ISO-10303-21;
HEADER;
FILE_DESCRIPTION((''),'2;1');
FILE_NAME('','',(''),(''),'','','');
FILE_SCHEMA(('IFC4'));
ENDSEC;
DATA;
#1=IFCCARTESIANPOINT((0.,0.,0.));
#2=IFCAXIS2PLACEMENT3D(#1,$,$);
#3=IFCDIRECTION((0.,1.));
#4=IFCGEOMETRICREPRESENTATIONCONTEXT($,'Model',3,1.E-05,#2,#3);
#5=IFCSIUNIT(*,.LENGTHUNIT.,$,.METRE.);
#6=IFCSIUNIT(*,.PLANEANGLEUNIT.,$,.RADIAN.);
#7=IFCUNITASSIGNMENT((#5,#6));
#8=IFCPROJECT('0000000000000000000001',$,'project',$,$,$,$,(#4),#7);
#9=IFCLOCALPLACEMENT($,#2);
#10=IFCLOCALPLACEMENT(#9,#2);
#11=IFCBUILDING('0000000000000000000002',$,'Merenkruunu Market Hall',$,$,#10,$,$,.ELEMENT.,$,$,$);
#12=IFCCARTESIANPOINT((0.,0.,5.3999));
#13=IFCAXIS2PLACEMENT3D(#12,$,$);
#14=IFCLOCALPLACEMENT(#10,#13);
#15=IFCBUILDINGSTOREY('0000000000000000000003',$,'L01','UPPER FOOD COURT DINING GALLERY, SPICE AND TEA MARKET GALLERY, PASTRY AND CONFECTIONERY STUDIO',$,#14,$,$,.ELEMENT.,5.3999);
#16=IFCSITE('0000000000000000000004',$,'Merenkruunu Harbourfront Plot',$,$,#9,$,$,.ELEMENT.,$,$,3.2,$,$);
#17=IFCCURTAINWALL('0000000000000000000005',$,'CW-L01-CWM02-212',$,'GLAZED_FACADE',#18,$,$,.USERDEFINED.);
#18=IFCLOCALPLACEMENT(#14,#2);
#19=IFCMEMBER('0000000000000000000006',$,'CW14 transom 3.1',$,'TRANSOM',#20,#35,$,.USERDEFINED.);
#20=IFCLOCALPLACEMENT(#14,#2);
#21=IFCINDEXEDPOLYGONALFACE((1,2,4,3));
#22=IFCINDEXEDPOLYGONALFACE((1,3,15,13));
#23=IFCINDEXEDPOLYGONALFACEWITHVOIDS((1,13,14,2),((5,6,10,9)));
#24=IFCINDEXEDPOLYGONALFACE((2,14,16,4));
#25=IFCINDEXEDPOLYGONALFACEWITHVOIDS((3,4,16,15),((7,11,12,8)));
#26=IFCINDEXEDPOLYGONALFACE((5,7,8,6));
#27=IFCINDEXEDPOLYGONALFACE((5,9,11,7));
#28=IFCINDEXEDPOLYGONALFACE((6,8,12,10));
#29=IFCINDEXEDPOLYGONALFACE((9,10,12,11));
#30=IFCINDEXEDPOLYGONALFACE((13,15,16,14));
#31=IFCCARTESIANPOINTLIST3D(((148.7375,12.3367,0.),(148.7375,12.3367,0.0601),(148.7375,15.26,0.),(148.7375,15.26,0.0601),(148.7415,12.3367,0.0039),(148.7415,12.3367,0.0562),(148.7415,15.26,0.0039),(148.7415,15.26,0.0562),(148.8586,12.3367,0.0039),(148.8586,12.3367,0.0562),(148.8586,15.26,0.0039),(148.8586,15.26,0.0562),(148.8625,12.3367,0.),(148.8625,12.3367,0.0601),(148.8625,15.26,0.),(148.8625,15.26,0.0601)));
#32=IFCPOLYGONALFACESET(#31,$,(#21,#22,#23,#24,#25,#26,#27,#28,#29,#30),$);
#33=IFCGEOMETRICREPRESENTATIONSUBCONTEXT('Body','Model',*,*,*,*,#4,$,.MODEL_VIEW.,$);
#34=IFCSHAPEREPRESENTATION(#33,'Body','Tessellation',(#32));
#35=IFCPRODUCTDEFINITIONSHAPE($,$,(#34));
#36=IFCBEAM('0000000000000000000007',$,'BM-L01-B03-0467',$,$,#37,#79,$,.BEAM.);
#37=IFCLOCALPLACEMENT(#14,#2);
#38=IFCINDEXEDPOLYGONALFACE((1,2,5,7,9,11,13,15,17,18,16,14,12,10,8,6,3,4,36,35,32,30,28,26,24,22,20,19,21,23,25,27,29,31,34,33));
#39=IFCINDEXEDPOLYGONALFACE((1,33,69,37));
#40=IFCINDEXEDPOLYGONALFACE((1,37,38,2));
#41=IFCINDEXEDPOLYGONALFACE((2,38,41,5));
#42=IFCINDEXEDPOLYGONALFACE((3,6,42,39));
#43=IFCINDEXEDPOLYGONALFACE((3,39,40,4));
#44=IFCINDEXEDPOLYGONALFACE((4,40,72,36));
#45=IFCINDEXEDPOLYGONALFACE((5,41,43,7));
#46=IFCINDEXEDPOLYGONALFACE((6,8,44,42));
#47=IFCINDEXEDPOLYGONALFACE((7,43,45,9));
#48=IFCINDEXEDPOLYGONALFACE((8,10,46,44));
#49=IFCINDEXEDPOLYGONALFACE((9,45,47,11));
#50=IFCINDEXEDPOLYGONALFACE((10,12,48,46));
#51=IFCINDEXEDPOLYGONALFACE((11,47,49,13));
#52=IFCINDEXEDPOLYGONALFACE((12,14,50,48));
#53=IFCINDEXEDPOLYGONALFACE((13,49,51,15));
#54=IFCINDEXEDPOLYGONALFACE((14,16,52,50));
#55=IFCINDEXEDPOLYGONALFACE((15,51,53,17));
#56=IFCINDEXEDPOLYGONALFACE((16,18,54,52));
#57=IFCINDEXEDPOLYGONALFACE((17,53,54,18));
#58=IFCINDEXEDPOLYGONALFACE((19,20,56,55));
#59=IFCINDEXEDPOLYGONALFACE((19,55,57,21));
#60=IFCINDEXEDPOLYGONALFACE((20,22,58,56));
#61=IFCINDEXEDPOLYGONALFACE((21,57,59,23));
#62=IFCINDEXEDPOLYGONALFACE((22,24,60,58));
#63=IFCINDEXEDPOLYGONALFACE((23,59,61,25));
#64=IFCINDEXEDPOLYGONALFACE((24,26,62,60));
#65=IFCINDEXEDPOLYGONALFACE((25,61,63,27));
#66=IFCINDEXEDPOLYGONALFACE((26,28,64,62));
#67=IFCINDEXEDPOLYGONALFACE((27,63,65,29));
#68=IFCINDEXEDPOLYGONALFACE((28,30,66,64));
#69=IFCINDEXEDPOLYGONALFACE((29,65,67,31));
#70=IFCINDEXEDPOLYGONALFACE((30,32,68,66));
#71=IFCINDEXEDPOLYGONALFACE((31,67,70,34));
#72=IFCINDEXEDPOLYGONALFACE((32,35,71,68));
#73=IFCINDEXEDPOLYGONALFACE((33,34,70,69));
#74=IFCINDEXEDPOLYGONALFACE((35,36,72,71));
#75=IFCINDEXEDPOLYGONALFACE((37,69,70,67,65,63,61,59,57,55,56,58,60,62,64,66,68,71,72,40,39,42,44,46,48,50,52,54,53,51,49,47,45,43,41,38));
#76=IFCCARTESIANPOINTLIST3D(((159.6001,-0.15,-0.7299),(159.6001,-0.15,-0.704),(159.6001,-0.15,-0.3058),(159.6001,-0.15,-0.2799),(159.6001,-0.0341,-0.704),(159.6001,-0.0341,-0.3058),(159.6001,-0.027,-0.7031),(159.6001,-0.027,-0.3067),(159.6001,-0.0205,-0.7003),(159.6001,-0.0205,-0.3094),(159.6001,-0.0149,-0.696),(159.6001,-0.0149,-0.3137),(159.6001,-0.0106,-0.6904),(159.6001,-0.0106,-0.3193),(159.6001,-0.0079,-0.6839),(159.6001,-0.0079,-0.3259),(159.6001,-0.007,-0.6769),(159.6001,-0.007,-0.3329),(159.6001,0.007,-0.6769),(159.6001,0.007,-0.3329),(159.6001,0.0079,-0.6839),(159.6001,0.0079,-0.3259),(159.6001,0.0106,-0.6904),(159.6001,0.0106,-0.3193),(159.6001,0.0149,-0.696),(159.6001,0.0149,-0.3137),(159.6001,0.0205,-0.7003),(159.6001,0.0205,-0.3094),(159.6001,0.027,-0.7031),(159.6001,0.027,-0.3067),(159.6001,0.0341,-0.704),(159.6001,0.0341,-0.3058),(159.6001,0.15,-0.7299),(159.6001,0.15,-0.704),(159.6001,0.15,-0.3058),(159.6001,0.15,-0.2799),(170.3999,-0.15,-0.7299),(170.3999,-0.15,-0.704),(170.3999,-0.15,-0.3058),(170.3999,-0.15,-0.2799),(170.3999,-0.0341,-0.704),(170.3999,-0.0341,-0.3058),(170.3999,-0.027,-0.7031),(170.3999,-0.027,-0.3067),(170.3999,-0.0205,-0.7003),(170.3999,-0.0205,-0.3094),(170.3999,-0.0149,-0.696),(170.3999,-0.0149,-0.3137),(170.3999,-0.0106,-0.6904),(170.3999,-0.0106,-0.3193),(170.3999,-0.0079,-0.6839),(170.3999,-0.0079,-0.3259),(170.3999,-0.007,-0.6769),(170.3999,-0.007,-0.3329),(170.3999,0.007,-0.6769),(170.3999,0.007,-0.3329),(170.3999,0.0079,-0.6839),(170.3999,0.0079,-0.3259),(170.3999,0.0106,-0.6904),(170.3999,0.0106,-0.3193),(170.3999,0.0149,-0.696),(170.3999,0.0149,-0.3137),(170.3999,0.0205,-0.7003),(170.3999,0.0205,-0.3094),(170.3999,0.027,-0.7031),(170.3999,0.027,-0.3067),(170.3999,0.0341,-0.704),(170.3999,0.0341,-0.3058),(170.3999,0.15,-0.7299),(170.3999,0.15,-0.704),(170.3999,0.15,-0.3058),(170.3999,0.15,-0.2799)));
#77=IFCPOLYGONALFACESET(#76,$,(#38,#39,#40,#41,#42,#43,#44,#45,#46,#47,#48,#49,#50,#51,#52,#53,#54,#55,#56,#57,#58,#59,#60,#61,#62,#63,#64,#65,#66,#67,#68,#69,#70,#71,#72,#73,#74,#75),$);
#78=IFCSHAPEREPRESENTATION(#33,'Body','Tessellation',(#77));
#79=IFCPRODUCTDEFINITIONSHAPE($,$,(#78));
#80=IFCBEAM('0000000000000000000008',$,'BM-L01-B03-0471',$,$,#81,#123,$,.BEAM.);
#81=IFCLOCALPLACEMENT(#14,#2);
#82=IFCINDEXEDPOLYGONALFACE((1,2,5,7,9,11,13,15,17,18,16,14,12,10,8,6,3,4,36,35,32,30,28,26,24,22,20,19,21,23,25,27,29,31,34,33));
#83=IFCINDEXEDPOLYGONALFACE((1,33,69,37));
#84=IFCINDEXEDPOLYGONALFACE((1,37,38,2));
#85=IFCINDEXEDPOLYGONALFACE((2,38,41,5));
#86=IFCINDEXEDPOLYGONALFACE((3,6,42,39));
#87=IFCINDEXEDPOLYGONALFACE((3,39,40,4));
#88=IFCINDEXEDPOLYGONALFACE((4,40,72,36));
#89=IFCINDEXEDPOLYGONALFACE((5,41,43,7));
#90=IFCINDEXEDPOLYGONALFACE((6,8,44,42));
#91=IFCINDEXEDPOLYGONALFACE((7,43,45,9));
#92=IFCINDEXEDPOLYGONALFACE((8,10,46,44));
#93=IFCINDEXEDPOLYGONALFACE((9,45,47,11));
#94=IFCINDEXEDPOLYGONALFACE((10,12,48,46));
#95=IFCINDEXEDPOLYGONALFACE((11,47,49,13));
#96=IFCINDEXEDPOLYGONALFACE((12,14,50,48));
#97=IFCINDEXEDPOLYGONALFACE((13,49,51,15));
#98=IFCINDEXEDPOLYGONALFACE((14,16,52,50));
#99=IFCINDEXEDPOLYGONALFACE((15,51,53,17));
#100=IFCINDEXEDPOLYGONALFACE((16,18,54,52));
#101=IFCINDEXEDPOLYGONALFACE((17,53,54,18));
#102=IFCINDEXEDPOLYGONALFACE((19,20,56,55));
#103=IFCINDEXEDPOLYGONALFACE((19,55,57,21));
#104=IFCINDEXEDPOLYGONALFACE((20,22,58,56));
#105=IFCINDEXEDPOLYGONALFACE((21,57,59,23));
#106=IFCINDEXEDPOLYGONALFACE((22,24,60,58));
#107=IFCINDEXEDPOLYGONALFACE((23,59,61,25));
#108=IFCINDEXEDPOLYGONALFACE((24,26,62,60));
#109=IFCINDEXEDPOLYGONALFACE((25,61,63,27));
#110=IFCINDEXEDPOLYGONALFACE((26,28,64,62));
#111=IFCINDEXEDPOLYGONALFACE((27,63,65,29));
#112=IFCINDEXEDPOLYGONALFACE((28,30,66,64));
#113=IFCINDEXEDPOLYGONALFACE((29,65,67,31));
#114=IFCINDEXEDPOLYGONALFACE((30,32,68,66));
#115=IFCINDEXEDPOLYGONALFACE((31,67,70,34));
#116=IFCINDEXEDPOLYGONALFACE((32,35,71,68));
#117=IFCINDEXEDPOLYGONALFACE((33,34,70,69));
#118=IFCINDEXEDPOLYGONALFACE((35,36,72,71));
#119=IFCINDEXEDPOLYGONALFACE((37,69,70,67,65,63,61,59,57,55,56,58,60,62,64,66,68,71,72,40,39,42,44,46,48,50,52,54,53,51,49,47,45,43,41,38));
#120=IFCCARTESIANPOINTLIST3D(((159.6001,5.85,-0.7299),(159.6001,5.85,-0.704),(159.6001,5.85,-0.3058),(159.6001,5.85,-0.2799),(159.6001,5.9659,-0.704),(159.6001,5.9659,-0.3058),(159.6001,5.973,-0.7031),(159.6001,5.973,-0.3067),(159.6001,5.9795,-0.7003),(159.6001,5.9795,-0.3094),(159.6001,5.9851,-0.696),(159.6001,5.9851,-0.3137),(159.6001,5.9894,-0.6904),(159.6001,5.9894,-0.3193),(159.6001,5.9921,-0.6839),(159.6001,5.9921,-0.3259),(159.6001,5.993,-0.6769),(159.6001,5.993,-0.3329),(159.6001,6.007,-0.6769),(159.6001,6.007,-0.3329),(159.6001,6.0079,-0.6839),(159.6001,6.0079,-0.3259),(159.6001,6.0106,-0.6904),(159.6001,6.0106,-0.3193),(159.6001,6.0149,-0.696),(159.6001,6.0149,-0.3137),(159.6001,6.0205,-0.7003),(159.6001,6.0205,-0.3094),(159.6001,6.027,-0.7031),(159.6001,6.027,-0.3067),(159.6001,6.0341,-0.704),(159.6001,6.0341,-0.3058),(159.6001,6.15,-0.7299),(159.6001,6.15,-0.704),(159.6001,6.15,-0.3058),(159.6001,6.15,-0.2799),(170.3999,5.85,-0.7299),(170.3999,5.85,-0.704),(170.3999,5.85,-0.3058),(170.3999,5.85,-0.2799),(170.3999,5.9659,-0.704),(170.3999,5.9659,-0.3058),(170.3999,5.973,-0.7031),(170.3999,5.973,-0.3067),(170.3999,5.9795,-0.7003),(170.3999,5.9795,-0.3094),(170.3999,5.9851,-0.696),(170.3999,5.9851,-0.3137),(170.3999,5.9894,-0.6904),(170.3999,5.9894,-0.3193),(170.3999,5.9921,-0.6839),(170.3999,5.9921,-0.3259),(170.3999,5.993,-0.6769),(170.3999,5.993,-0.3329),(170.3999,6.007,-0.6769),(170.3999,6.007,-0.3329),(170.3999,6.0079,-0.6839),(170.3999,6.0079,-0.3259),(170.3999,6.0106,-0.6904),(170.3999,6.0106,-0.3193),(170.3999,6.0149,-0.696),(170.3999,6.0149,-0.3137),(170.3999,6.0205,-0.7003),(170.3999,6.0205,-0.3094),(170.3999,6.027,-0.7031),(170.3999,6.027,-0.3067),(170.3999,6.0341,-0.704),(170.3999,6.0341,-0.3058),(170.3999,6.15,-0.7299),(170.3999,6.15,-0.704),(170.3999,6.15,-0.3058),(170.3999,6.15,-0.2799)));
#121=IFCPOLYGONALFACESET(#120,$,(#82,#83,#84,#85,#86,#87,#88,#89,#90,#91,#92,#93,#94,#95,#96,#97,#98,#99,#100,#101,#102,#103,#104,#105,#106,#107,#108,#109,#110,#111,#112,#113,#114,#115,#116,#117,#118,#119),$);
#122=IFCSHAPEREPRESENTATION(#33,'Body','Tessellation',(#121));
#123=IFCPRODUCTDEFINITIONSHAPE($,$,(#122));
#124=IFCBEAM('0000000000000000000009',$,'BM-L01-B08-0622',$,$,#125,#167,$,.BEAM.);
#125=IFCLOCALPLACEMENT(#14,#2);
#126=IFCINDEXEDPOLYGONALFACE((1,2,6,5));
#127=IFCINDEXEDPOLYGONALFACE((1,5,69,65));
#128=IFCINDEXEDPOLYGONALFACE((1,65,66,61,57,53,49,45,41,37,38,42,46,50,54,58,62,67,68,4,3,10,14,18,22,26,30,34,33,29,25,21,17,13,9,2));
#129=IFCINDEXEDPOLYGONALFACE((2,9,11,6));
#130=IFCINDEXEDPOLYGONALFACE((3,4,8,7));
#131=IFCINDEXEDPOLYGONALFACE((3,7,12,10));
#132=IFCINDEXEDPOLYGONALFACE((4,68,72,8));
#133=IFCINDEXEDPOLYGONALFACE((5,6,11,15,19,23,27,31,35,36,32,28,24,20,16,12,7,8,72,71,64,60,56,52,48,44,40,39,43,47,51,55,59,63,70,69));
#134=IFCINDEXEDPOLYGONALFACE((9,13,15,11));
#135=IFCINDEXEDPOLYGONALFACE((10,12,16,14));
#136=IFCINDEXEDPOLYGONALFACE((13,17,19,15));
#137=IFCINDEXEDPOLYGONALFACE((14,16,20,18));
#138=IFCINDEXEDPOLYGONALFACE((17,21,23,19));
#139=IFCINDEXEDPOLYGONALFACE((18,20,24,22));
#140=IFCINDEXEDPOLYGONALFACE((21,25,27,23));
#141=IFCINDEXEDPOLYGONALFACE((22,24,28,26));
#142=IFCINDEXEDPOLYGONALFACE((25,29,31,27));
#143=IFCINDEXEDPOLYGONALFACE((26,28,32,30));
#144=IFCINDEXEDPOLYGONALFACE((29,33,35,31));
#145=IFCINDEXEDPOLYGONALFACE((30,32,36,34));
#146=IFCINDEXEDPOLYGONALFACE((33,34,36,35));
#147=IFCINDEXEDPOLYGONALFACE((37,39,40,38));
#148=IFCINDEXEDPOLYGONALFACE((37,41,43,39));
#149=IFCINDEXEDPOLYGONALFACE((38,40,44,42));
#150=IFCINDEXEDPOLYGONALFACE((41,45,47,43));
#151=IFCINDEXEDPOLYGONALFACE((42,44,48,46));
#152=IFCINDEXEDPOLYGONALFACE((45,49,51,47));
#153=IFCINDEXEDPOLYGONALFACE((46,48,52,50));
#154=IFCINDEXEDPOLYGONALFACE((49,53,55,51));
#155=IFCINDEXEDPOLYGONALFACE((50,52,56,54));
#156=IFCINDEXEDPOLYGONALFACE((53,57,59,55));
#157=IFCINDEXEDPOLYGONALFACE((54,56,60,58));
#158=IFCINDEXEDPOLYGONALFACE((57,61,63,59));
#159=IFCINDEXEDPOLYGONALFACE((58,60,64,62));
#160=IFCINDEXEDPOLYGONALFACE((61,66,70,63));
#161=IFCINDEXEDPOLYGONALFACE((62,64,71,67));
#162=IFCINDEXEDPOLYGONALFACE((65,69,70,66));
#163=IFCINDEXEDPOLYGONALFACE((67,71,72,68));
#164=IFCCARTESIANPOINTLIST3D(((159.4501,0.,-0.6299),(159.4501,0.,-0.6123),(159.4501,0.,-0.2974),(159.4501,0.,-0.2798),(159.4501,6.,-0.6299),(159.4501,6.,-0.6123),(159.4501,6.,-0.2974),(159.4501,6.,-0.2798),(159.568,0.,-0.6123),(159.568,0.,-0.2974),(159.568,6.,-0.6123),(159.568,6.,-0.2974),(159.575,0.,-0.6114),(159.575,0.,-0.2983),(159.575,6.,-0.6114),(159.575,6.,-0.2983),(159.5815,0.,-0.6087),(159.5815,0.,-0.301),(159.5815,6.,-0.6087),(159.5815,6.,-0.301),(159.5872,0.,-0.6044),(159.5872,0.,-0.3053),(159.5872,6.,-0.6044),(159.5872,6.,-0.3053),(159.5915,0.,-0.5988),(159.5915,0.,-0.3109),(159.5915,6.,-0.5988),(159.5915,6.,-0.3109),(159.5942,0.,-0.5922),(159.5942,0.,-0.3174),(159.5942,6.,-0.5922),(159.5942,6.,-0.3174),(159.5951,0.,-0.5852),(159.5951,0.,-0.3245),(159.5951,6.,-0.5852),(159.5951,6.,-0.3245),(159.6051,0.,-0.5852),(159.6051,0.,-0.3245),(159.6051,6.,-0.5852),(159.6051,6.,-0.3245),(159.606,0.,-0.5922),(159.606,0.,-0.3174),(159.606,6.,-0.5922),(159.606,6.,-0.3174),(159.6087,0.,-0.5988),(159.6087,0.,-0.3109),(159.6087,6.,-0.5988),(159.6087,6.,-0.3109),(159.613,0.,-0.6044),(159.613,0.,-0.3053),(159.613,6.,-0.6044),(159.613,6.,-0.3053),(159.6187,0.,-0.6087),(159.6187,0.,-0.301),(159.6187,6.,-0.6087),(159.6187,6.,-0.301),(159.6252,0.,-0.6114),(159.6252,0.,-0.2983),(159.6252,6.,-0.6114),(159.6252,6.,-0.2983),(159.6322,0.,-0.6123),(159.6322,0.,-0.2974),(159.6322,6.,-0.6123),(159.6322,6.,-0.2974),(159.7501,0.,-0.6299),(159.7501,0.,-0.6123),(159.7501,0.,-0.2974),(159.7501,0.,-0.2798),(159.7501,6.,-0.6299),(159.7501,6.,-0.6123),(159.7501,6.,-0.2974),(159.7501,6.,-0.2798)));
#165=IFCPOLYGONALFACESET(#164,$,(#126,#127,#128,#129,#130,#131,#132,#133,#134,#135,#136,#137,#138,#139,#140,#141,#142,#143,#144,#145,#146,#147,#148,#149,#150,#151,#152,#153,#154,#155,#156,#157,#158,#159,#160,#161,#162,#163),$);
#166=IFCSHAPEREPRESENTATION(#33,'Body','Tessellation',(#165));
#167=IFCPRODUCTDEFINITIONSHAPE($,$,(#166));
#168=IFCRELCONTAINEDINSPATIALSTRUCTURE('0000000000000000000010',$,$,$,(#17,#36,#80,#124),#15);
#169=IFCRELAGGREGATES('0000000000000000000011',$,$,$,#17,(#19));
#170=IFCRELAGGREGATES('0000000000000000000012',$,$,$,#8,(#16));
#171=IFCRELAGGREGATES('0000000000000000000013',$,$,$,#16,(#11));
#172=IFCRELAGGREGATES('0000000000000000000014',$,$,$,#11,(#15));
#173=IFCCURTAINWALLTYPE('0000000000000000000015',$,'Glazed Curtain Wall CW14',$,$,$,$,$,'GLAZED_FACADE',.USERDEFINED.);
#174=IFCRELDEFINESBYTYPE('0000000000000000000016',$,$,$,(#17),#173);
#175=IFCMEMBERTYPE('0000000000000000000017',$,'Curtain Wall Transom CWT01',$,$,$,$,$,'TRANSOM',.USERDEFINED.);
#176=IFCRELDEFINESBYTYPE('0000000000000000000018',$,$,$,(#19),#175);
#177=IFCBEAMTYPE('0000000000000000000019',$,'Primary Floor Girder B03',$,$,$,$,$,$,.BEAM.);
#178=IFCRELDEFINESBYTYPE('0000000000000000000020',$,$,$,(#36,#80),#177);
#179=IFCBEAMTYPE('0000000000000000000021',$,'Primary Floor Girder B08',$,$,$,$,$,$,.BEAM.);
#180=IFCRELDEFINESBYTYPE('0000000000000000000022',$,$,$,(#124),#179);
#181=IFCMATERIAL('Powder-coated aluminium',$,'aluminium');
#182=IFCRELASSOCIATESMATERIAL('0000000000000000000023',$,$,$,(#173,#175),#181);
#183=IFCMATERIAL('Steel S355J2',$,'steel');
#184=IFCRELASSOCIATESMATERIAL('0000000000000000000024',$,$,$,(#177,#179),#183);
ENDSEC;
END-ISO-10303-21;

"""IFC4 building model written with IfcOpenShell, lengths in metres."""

from ifc_helpers import new_model, si_unit, direction, frame, origin, origin_2d, place, context, subcontext, project, spatial, hollow_rectangle, i_section, extrude, material, material_profile, profile_set, type_object, element, aggregate, save


model = new_model("IFC4")

# Units and contexts
model_context = context("Model", 3, precision=1e-05, world=origin(), true_north=direction((0.0, 1.0)))
body_context = subcontext(model_context, "Body", "Model", "MODEL_VIEW")
ifc_project = project(units=[si_unit("LENGTHUNIT", "METRE"), si_unit("PLANEANGLEUNIT", "RADIAN")], contexts=[model_context])

# Site, building, storey
site_placement = place(None, origin())
site = spatial("IfcSite", under=ifc_project, at=site_placement, Name="Merenkruunu Harbourfront Plot", CompositionType="ELEMENT", RefElevation=3.2)
building_placement = place(site_placement, origin())
building = spatial("IfcBuilding", under=site, at=building_placement, Name="Merenkruunu Market Hall", CompositionType="ELEMENT")
storey_placement = place(building_placement, frame((0.0, 0.0, 5.3999)))
storey = spatial("IfcBuildingStorey", under=building, at=storey_placement, Name="L01", Description="UPPER FOOD COURT DINING GALLERY, SPICE AND TEA MARKET GALLERY, PASTRY AND CONFECTIONERY STUDIO", CompositionType="ELEMENT", Elevation=5.3999)

# Shared definitions
ifc_material_1 = material(Name="Steel S355J2", Category="steel")

# Curtain wall, member
ifc_material_2 = material(Name="Powder-coated aluminium", Category="aluminium")
curtain_wall_type = type_object("IfcCurtainWallType", Name="Glazed Curtain Wall CW14", ElementType="GLAZED_FACADE", PredefinedType="USERDEFINED", material=ifc_material_2)
curtain_wall_placement = place(storey_placement, origin())
curtain_wall = element("IfcCurtainWall", 1, at=curtain_wall_placement, inside=storey, type_object=curtain_wall_type, Name="CW-L01-CWM02-212", ObjectType="GLAZED_FACADE", PredefinedType="USERDEFINED")
ifc_material_profile_1 = material_profile(ifc_material_2, hollow_rectangle(XDim=0.0601, YDim=0.125, WallThickness=0.0039, at=origin_2d()), Name="ALU 60x125x4")
ifc_profile_set_1 = profile_set([ifc_material_profile_1], Name="Powder-coated aluminium")
member_type_1 = type_object("IfcMemberType", Name="Curtain Wall Transom CWT01", ElementType="TRANSOM", PredefinedType="USERDEFINED", material=ifc_profile_set_1)
member_1_placement = place(storey_placement, frame((148.8, 12.3367, 0.03), z_axis=(0.0, 1.0, 0.0), x_axis=(0.0, 0.0, 1.0)))
member_1 = element("IfcMember", 2, at=member_1_placement, type_object=member_type_1, Name="CW14 transom 3.1", ObjectType="TRANSOM", PredefinedType="USERDEFINED", context=body_context, shape_type="SweptSolid", body=[
    extrude(hollow_rectangle(XDim=0.0601, YDim=0.125, WallThickness=0.0039, at=origin_2d()), origin(), (0.0, 0.0, 1.0), 2.9233),
])

# Beams
ifc_material_profile_2 = material_profile(ifc_material_1, i_section(OverallWidth=0.3, OverallDepth=0.45, WebThickness=0.0139, FlangeThickness=0.0259, FilletRadius=0.0271, at=origin_2d()), Name="HEB 450")
ifc_profile_set_2 = profile_set([ifc_material_profile_2], Name="Steel S355J2")
beam_type_1 = type_object("IfcBeamType", Name="Primary Floor Girder B03", PredefinedType="BEAM", material=ifc_profile_set_2)
for number, where, z_axis, x_axis, name in (
    (3, (159.6001, 0.0, -0.5049), (1.0, 0.0, 0.0), (0.0, 1.0, 0.0), "BM-L01-B03-0467"),
    (4, (159.6001, 6.0, -0.5049), (1.0, 0.0, 0.0), (0.0, 1.0, 0.0), "BM-L01-B03-0471"),
):
    element("IfcBeam", number, at=place(storey_placement, frame(where, z_axis=z_axis, x_axis=x_axis)), inside=storey, type_object=beam_type_1, Name=name, PredefinedType="BEAM", context=body_context, shape_type="SweptSolid", body=[
        extrude(i_section(OverallWidth=0.3, OverallDepth=0.45, WebThickness=0.0139, FlangeThickness=0.0259, FilletRadius=0.0271, at=origin_2d()), origin(), (0.0, 0.0, 1.0), 10.7998),
    ])
ifc_material_profile_3 = material_profile(ifc_material_1, i_section(OverallWidth=0.3, OverallDepth=0.3501, WebThickness=0.01, FlangeThickness=0.0176, FilletRadius=0.0271, at=origin_2d()), Name="HEA 360")
ifc_profile_set_3 = profile_set([ifc_material_profile_3], Name="Steel S355J2")
beam_type_2 = type_object("IfcBeamType", Name="Primary Floor Girder B08", PredefinedType="BEAM", material=ifc_profile_set_3)
beam_1_placement = place(storey_placement, frame((159.6001, 0.0, -0.4548), z_axis=(0.0, 1.0, 0.0), x_axis=(-1.0, 0.0, 0.0)))
element("IfcBeam", 5, at=beam_1_placement, inside=storey, type_object=beam_type_2, Name="BM-L01-B08-0622", PredefinedType="BEAM", context=body_context, shape_type="SweptSolid", body=[
    extrude(i_section(OverallWidth=0.3, OverallDepth=0.3501, WebThickness=0.01, FlangeThickness=0.0176, FilletRadius=0.0271, at=origin_2d()), origin(), (0.0, 0.0, 1.0), 6.0),
])

aggregate(curtain_wall, [member_1])

save(model, "model.ifc")
